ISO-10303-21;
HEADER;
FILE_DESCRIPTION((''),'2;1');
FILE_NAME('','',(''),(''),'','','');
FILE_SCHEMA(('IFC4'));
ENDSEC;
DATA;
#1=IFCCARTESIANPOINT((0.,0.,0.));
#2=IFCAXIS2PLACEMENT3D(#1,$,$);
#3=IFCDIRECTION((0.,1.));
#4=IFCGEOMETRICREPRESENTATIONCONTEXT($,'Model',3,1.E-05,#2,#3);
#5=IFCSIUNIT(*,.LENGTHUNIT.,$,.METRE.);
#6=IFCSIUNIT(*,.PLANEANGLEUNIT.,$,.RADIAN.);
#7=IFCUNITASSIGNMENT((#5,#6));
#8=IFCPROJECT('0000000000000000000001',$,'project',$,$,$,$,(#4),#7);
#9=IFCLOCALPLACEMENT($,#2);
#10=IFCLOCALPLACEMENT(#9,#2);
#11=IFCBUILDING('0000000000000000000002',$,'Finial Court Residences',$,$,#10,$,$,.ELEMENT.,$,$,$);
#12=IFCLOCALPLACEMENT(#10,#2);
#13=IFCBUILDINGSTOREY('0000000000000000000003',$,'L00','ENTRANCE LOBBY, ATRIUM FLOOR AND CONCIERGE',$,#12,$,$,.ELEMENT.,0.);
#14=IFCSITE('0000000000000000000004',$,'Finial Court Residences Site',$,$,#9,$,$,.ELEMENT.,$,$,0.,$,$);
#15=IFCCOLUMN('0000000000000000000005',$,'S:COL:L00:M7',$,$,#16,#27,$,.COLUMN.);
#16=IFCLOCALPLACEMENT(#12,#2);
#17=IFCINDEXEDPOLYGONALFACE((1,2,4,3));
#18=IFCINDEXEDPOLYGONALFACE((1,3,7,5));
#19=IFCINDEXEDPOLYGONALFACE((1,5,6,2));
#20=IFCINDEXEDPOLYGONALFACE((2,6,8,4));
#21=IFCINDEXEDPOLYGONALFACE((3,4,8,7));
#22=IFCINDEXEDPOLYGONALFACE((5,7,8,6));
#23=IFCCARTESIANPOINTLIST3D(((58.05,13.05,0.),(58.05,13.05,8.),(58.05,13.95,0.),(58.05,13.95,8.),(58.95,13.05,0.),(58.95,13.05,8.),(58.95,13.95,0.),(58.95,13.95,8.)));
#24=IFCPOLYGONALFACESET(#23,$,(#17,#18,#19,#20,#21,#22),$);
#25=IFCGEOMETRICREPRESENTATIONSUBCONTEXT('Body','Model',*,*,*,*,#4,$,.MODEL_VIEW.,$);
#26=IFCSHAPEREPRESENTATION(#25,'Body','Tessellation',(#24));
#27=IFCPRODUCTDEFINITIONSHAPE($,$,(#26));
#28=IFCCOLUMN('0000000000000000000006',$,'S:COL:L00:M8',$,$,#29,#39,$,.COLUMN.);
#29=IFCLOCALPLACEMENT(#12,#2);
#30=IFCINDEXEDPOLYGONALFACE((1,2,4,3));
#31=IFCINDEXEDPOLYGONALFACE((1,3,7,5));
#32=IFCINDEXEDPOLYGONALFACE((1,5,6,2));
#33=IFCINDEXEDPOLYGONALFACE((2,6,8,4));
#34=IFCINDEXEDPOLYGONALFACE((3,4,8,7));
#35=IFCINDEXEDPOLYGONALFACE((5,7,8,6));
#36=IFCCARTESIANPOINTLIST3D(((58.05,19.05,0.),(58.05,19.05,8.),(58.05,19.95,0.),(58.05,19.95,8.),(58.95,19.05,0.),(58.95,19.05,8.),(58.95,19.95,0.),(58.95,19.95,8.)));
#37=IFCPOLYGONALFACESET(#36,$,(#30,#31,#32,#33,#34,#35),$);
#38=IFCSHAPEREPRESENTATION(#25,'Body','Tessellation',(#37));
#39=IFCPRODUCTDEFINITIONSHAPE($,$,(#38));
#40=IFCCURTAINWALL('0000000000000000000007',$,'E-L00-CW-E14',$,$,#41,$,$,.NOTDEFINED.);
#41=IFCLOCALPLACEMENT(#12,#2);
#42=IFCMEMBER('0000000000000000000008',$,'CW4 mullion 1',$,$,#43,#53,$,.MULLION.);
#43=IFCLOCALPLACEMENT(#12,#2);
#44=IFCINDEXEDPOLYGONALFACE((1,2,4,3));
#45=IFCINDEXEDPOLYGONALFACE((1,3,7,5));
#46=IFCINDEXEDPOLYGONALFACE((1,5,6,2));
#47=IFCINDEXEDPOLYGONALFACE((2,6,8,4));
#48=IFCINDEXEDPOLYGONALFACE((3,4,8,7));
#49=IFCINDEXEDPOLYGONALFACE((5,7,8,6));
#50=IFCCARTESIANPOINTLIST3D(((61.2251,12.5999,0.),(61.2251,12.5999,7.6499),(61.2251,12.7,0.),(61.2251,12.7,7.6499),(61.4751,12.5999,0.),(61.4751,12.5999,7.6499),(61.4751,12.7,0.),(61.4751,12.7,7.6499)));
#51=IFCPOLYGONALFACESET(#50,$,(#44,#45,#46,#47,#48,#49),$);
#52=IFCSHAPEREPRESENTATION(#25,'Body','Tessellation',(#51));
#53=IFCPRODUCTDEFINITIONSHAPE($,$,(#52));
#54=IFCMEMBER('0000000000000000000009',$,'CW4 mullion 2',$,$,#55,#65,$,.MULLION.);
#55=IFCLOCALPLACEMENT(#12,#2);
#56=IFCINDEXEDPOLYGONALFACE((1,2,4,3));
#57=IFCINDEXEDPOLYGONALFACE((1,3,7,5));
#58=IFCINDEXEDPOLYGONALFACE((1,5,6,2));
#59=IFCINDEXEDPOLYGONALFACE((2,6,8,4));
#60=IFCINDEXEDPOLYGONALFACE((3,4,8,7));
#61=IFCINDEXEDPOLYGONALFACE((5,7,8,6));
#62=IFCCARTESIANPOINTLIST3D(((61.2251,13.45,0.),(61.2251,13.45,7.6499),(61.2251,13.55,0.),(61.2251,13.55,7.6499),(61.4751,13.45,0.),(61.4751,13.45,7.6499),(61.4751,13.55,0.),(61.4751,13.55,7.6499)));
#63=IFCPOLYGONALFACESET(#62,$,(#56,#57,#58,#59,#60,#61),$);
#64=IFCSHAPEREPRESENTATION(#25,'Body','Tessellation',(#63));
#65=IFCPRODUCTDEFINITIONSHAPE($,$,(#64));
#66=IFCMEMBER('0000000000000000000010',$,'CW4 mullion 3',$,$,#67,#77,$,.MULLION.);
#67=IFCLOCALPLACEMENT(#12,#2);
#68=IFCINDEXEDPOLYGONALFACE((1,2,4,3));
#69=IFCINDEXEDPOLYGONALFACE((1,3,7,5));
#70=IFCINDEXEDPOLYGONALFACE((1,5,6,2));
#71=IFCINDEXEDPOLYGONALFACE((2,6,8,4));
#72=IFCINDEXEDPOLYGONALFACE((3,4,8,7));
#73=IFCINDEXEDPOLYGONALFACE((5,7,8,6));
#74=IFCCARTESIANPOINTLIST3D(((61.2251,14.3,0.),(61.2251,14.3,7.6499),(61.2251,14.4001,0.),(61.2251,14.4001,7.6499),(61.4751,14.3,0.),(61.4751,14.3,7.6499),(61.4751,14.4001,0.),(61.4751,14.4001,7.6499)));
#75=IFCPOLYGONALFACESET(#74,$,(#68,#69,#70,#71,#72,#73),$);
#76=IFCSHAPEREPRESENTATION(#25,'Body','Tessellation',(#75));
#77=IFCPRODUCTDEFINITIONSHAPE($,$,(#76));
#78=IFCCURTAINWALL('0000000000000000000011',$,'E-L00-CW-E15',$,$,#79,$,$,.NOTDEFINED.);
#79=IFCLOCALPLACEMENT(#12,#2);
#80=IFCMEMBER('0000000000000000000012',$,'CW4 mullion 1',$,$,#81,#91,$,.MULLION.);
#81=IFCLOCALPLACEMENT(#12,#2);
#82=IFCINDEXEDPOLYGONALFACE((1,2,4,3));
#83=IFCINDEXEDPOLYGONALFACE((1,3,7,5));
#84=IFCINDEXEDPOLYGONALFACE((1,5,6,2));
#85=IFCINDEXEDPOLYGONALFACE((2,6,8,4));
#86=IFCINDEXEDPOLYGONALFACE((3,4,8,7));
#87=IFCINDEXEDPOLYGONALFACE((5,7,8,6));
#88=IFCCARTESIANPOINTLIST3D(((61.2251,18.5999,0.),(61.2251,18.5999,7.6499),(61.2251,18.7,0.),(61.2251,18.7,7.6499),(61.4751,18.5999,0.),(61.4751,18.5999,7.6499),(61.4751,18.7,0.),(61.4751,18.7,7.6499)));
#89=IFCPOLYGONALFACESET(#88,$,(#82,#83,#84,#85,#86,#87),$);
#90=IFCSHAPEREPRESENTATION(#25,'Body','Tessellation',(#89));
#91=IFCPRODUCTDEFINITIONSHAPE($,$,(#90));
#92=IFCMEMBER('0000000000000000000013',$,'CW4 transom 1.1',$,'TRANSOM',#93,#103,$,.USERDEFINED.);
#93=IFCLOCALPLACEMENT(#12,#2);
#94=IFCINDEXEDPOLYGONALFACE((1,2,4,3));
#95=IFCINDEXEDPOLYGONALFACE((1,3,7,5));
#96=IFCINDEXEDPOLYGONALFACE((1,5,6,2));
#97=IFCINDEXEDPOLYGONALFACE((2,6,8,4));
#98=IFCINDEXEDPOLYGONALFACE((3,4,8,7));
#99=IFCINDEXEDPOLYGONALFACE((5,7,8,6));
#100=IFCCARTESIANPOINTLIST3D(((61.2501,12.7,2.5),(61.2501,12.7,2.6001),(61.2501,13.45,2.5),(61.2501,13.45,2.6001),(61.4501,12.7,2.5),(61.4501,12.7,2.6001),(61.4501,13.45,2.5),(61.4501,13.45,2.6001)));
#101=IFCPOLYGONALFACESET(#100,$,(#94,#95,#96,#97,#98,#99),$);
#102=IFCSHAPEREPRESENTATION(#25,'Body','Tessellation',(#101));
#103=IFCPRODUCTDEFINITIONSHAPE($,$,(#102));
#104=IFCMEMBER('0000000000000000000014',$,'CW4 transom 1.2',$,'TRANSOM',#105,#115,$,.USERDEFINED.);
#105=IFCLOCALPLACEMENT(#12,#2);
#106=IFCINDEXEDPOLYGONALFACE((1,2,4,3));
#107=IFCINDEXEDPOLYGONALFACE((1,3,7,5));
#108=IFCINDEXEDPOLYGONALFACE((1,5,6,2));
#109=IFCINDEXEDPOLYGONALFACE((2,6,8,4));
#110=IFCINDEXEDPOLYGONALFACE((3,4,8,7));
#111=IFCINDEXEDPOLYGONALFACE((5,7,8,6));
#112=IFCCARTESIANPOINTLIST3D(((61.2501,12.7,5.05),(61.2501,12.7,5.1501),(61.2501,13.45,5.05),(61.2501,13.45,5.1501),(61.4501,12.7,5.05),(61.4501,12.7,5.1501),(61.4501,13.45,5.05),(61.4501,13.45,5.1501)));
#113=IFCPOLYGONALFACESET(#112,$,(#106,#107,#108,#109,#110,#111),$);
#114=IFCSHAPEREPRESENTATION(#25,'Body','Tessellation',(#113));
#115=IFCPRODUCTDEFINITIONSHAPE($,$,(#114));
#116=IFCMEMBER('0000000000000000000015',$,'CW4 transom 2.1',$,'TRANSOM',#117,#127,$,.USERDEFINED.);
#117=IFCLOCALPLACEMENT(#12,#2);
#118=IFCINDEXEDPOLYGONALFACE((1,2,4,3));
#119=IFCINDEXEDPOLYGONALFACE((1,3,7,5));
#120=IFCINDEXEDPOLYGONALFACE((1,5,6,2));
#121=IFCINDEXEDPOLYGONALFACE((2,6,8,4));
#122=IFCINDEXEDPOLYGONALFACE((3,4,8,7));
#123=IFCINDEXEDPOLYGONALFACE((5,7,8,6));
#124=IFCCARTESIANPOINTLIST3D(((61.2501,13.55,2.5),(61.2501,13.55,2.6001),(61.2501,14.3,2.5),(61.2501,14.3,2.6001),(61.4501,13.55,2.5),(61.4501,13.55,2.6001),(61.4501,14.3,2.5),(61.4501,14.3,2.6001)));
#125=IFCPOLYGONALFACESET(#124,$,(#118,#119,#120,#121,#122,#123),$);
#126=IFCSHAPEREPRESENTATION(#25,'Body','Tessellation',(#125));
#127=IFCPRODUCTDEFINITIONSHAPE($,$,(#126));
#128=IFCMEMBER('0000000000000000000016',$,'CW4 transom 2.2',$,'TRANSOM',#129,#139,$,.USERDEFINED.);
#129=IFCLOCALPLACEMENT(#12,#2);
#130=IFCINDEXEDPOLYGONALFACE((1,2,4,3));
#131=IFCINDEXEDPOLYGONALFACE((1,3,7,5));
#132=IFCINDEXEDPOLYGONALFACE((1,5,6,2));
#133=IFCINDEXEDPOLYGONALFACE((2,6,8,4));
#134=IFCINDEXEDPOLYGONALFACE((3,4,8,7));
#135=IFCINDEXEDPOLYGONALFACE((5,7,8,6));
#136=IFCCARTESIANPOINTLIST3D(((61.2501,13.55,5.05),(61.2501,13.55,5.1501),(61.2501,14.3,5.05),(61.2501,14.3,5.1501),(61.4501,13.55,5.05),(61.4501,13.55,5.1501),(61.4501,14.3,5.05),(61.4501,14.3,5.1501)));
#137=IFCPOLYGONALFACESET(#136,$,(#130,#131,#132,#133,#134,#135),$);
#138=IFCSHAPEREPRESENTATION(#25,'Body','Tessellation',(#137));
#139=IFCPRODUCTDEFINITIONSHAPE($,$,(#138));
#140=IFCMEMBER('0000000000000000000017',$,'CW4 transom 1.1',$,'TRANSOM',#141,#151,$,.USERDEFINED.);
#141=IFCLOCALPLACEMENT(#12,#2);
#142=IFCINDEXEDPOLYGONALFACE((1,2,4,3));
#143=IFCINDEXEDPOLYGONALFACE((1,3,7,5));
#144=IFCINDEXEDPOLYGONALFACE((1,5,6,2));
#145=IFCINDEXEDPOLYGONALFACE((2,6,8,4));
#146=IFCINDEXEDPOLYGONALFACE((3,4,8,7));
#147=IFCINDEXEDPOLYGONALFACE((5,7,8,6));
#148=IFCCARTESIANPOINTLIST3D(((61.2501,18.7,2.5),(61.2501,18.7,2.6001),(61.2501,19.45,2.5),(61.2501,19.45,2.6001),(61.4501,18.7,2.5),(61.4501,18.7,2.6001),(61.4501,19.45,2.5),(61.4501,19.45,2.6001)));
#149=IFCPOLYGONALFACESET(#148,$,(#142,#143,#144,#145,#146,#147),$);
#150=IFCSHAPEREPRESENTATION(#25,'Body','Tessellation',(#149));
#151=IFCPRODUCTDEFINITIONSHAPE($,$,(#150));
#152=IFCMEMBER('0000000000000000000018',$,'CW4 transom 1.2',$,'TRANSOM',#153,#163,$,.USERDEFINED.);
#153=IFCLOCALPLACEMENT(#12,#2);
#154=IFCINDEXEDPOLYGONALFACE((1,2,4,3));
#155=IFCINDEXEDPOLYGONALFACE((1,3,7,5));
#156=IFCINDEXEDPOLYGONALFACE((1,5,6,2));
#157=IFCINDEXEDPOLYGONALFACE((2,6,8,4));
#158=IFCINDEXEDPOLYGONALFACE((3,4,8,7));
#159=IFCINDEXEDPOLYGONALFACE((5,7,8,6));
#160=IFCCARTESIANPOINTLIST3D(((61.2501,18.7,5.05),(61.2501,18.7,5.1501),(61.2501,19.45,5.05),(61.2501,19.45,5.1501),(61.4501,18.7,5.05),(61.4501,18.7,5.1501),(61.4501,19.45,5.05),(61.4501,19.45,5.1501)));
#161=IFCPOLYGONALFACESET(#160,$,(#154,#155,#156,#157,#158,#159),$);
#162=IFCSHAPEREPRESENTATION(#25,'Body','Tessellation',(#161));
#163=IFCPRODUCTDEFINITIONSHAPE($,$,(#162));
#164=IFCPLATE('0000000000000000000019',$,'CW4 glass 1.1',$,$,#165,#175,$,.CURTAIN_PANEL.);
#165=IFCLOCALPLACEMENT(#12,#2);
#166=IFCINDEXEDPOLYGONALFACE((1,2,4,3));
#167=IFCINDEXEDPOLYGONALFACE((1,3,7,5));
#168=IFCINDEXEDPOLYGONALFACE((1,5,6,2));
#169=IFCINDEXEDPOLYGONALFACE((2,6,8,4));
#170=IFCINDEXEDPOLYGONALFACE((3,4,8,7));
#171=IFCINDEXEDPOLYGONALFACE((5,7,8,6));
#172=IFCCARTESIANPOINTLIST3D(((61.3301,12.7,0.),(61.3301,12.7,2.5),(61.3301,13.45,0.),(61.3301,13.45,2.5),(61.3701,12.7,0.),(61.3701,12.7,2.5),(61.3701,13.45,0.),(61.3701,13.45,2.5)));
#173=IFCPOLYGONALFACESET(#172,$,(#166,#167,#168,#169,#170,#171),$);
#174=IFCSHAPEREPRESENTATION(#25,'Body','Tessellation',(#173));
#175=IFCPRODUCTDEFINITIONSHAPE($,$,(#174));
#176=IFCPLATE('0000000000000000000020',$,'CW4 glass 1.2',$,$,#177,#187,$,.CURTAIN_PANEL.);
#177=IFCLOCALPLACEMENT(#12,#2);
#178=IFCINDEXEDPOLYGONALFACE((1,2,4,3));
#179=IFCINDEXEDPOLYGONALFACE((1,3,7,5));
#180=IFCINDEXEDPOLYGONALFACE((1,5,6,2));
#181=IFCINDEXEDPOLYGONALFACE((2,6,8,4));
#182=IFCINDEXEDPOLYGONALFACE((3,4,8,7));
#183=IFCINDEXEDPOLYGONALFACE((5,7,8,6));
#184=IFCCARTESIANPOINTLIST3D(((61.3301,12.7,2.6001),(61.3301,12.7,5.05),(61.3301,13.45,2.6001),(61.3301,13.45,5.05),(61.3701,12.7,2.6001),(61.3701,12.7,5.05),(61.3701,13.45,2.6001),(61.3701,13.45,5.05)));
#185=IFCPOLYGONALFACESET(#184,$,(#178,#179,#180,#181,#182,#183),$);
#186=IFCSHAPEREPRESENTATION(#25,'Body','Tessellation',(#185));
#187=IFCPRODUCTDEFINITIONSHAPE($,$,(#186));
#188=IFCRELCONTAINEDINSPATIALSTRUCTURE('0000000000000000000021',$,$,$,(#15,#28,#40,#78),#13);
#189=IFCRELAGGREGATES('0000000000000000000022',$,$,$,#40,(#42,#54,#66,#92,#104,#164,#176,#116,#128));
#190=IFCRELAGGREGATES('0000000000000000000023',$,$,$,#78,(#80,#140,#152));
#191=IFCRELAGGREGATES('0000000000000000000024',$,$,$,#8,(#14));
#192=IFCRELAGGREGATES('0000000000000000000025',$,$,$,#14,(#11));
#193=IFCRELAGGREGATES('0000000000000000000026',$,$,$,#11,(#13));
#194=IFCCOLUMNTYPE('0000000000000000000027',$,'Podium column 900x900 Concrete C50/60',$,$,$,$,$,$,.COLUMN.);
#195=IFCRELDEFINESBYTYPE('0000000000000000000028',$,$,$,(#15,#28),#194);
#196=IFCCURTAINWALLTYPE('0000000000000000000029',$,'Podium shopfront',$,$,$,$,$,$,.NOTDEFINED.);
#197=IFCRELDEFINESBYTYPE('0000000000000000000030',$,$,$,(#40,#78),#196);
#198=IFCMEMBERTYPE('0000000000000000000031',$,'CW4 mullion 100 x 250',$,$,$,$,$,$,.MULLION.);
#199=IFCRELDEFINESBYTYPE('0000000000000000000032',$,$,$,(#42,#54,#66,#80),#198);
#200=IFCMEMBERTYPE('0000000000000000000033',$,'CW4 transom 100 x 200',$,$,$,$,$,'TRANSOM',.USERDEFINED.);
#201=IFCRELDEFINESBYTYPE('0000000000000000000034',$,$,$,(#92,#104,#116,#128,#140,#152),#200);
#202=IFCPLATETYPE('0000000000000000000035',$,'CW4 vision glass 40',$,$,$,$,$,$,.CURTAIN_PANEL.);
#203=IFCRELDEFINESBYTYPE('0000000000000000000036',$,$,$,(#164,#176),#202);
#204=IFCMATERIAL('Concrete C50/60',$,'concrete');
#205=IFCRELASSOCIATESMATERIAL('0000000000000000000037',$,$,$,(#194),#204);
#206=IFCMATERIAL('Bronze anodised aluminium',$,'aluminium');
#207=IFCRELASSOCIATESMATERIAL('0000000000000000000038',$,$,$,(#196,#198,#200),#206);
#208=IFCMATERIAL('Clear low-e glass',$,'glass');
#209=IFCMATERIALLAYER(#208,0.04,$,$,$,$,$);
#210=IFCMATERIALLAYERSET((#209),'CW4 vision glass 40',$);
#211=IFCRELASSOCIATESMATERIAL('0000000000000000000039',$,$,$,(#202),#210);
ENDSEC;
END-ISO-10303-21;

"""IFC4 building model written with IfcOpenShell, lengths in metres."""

from ifc_helpers import new_model, si_unit, direction, frame, origin, origin_2d, place, context, subcontext, project, spatial, rectangle, extrude, material, layer, layer_set, material_profile, profile_set, type_object, element, aggregate, save


model = new_model("IFC4")

# Units and contexts
model_context = context("Model", 3, precision=1e-05, world=origin(), true_north=direction((0.0, 1.0)))
body_context = subcontext(model_context, "Body", "Model", "MODEL_VIEW")
ifc_project = project(units=[si_unit("LENGTHUNIT", "METRE"), si_unit("PLANEANGLEUNIT", "RADIAN")], contexts=[model_context])

# Site, building, storey
site_placement = place(None, origin())
site = spatial("IfcSite", under=ifc_project, at=site_placement, Name="Finial Court Residences Site", CompositionType="ELEMENT", RefElevation=0.0)
building_placement = place(site_placement, origin())
building = spatial("IfcBuilding", under=site, at=building_placement, Name="Finial Court Residences", CompositionType="ELEMENT")
storey_placement = place(building_placement, origin())
storey = spatial("IfcBuildingStorey", under=building, at=storey_placement, Name="L00", Description="ENTRANCE LOBBY, ATRIUM FLOOR AND CONCIERGE", CompositionType="ELEMENT", Elevation=0.0)

# Columns
ifc_material_1 = material(Name="Concrete C50/60", Category="concrete")
ifc_material_profile_1 = material_profile(ifc_material_1, rectangle(XDim=0.8999, YDim=0.8999, at=origin_2d()), Name="900x900")
ifc_profile_set_1 = profile_set([ifc_material_profile_1], Name="Concrete C50/60")
column_type = type_object("IfcColumnType", Name="Podium column 900x900 Concrete C50/60", PredefinedType="COLUMN", material=ifc_profile_set_1)
for number, where, z_axis, x_axis, name in (
    (1, (58.5, 13.5, 0.0), (0.0, 0.0, 1.0), (1.0, 0.0, 0.0), "S:COL:L00:M7"),
    (2, (58.5, 19.5, 0.0), (0.0, 0.0, 1.0), (1.0, 0.0, 0.0), "S:COL:L00:M8"),
):
    element("IfcColumn", number, at=place(storey_placement, frame(where, z_axis=z_axis, x_axis=x_axis)), inside=storey, type_object=column_type, Name=name, PredefinedType="COLUMN", context=body_context, shape_type="SweptSolid", body=[
        extrude(rectangle(XDim=0.8999, YDim=0.8999, at=origin_2d()), origin(), (0.0, 0.0, 1.0), 8.0),
    ])

# Curtain wall, members
ifc_material_2 = material(Name="Bronze anodised aluminium", Category="aluminium")
curtain_wall_type = type_object("IfcCurtainWallType", Name="Podium shopfront", PredefinedType="NOTDEFINED", material=ifc_material_2)
curtain_wall_1_placement = place(storey_placement, origin())
curtain_wall_1 = element("IfcCurtainWall", 3, at=curtain_wall_1_placement, inside=storey, type_object=curtain_wall_type, Name="E-L00-CW-E14", PredefinedType="NOTDEFINED")
ifc_material_profile_2 = material_profile(ifc_material_2, rectangle(XDim=0.25, YDim=0.1001, at=origin_2d()), Name="CW4 mullion 100 x 250")
ifc_profile_set_2 = profile_set([ifc_material_profile_2], Name="Bronze anodised aluminium")
member_type_1 = type_object("IfcMemberType", Name="CW4 mullion 100 x 250", PredefinedType="MULLION", material=ifc_profile_set_2)
member_1_placement = place(storey_placement, frame((61.3501, 12.6499, 0.0), z_axis=(0.0, 0.0, 1.0), x_axis=(-1.0, 0.0, 0.0)))
member_1 = element("IfcMember", 4, at=member_1_placement, type_object=member_type_1, Name="CW4 mullion 1", PredefinedType="MULLION", context=body_context, shape_type="SweptSolid", body=[
    extrude(rectangle(XDim=0.25, YDim=0.1001, at=origin_2d()), origin(), (0.0, 0.0, 1.0), 7.6499),
])
member_2_placement = place(storey_placement, frame((61.3501, 13.5, 0.0), z_axis=(0.0, 0.0, 1.0), x_axis=(-1.0, 0.0, 0.0)))
member_2 = element("IfcMember", 5, at=member_2_placement, type_object=member_type_1, Name="CW4 mullion 2", PredefinedType="MULLION", context=body_context, shape_type="SweptSolid", body=[
    extrude(rectangle(XDim=0.25, YDim=0.1001, at=origin_2d()), origin(), (0.0, 0.0, 1.0), 7.6499),
])
member_3_placement = place(storey_placement, frame((61.3501, 14.3501, 0.0), z_axis=(0.0, 0.0, 1.0), x_axis=(-1.0, 0.0, 0.0)))
member_3 = element("IfcMember", 6, at=member_3_placement, type_object=member_type_1, Name="CW4 mullion 3", PredefinedType="MULLION", context=body_context, shape_type="SweptSolid", body=[
    extrude(rectangle(XDim=0.25, YDim=0.1001, at=origin_2d()), origin(), (0.0, 0.0, 1.0), 7.6499),
])

# Curtain wall, member
curtain_wall_2_placement = place(storey_placement, origin())
curtain_wall_2 = element("IfcCurtainWall", 7, at=curtain_wall_2_placement, inside=storey, type_object=curtain_wall_type, Name="E-L00-CW-E15", PredefinedType="NOTDEFINED")
member_4_placement = place(storey_placement, frame((61.3501, 18.6499, 0.0), z_axis=(0.0, 0.0, 1.0), x_axis=(-1.0, 0.0, 0.0)))
member_4 = element("IfcMember", 8, at=member_4_placement, type_object=member_type_1, Name="CW4 mullion 1", PredefinedType="MULLION", context=body_context, shape_type="SweptSolid", body=[
    extrude(rectangle(XDim=0.25, YDim=0.1001, at=origin_2d()), origin(), (0.0, 0.0, 1.0), 7.6499),
])

# Members
ifc_material_profile_3 = material_profile(ifc_material_2, rectangle(XDim=0.2, YDim=0.1001, at=origin_2d()), Name="CW4 transom 100 x 200")
ifc_profile_set_3 = profile_set([ifc_material_profile_3], Name="Bronze anodised aluminium")
member_type_2 = type_object("IfcMemberType", Name="CW4 transom 100 x 200", ElementType="TRANSOM", PredefinedType="USERDEFINED", material=ifc_profile_set_3)
member_5_placement = place(storey_placement, frame((61.3501, 12.7, 2.55), z_axis=(0.0, 1.0, 0.0), x_axis=(-1.0, 0.0, 0.0)))
member_5 = element("IfcMember", 9, at=member_5_placement, type_object=member_type_2, Name="CW4 transom 1.1", ObjectType="TRANSOM", PredefinedType="USERDEFINED", context=body_context, shape_type="SweptSolid", body=[
    extrude(rectangle(XDim=0.2, YDim=0.1001, at=origin_2d()), origin(), (0.0, 0.0, 1.0), 0.75),
])
member_6_placement = place(storey_placement, frame((61.3501, 12.7, 5.1001), z_axis=(0.0, 1.0, 0.0), x_axis=(-1.0, 0.0, 0.0)))
member_6 = element("IfcMember", 10, at=member_6_placement, type_object=member_type_2, Name="CW4 transom 1.2", ObjectType="TRANSOM", PredefinedType="USERDEFINED", context=body_context, shape_type="SweptSolid", body=[
    extrude(rectangle(XDim=0.2, YDim=0.1001, at=origin_2d()), origin(), (0.0, 0.0, 1.0), 0.75),
])
member_7_placement = place(storey_placement, frame((61.3501, 13.55, 2.55), z_axis=(0.0, 1.0, 0.0), x_axis=(-1.0, 0.0, 0.0)))
member_7 = element("IfcMember", 11, at=member_7_placement, type_object=member_type_2, Name="CW4 transom 2.1", ObjectType="TRANSOM", PredefinedType="USERDEFINED", context=body_context, shape_type="SweptSolid", body=[
    extrude(rectangle(XDim=0.2, YDim=0.1001, at=origin_2d()), origin(), (0.0, 0.0, 1.0), 0.75),
])
member_8_placement = place(storey_placement, frame((61.3501, 13.55, 5.1001), z_axis=(0.0, 1.0, 0.0), x_axis=(-1.0, 0.0, 0.0)))
member_8 = element("IfcMember", 12, at=member_8_placement, type_object=member_type_2, Name="CW4 transom 2.2", ObjectType="TRANSOM", PredefinedType="USERDEFINED", context=body_context, shape_type="SweptSolid", body=[
    extrude(rectangle(XDim=0.2, YDim=0.1001, at=origin_2d()), origin(), (0.0, 0.0, 1.0), 0.75),
])
member_9_placement = place(storey_placement, frame((61.3501, 18.7, 2.55), z_axis=(0.0, 1.0, 0.0), x_axis=(-1.0, 0.0, 0.0)))
member_9 = element("IfcMember", 13, at=member_9_placement, type_object=member_type_2, Name="CW4 transom 1.1", ObjectType="TRANSOM", PredefinedType="USERDEFINED", context=body_context, shape_type="SweptSolid", body=[
    extrude(rectangle(XDim=0.2, YDim=0.1001, at=origin_2d()), origin(), (0.0, 0.0, 1.0), 0.75),
])
member_10_placement = place(storey_placement, frame((61.3501, 18.7, 5.1001), z_axis=(0.0, 1.0, 0.0), x_axis=(-1.0, 0.0, 0.0)))
member_10 = element("IfcMember", 14, at=member_10_placement, type_object=member_type_2, Name="CW4 transom 1.2", ObjectType="TRANSOM", PredefinedType="USERDEFINED", context=body_context, shape_type="SweptSolid", body=[
    extrude(rectangle(XDim=0.2, YDim=0.1001, at=origin_2d()), origin(), (0.0, 0.0, 1.0), 0.75),
])

# Plates
ifc_material_3 = material(Name="Clear low-e glass", Category="glass")
ifc_layer_1 = layer(ifc_material_3, 0.04)
ifc_layer_set_1 = layer_set([ifc_layer_1], Name="CW4 vision glass 40")
plate_type = type_object("IfcPlateType", Name="CW4 vision glass 40", PredefinedType="CURTAIN_PANEL", material=ifc_layer_set_1)
plate_1_placement = place(storey_placement, frame((61.3501, 13.075, 0.0), z_axis=(0.0, 0.0, 1.0), x_axis=(0.0, 1.0, 0.0)))
plate_1 = element("IfcPlate", 15, at=plate_1_placement, type_object=plate_type, Name="CW4 glass 1.1", PredefinedType="CURTAIN_PANEL", context=body_context, shape_type="SweptSolid", body=[
    extrude(rectangle(XDim=0.75, YDim=0.04, at=origin_2d()), origin(), (0.0, 0.0, 1.0), 2.5),
])
plate_2_placement = place(storey_placement, frame((61.3501, 13.075, 2.6001), z_axis=(0.0, 0.0, 1.0), x_axis=(0.0, 1.0, 0.0)))
plate_2 = element("IfcPlate", 16, at=plate_2_placement, type_object=plate_type, Name="CW4 glass 1.2", PredefinedType="CURTAIN_PANEL", context=body_context, shape_type="SweptSolid", body=[
    extrude(rectangle(XDim=0.75, YDim=0.04, at=origin_2d()), origin(), (0.0, 0.0, 1.0), 2.45),
])
aggregate(curtain_wall_1, [member_1, member_2, member_3, member_5, member_6, plate_1, plate_2, member_7, member_8])
aggregate(curtain_wall_2, [member_4, member_9, member_10])

save(model, "model.ifc")
